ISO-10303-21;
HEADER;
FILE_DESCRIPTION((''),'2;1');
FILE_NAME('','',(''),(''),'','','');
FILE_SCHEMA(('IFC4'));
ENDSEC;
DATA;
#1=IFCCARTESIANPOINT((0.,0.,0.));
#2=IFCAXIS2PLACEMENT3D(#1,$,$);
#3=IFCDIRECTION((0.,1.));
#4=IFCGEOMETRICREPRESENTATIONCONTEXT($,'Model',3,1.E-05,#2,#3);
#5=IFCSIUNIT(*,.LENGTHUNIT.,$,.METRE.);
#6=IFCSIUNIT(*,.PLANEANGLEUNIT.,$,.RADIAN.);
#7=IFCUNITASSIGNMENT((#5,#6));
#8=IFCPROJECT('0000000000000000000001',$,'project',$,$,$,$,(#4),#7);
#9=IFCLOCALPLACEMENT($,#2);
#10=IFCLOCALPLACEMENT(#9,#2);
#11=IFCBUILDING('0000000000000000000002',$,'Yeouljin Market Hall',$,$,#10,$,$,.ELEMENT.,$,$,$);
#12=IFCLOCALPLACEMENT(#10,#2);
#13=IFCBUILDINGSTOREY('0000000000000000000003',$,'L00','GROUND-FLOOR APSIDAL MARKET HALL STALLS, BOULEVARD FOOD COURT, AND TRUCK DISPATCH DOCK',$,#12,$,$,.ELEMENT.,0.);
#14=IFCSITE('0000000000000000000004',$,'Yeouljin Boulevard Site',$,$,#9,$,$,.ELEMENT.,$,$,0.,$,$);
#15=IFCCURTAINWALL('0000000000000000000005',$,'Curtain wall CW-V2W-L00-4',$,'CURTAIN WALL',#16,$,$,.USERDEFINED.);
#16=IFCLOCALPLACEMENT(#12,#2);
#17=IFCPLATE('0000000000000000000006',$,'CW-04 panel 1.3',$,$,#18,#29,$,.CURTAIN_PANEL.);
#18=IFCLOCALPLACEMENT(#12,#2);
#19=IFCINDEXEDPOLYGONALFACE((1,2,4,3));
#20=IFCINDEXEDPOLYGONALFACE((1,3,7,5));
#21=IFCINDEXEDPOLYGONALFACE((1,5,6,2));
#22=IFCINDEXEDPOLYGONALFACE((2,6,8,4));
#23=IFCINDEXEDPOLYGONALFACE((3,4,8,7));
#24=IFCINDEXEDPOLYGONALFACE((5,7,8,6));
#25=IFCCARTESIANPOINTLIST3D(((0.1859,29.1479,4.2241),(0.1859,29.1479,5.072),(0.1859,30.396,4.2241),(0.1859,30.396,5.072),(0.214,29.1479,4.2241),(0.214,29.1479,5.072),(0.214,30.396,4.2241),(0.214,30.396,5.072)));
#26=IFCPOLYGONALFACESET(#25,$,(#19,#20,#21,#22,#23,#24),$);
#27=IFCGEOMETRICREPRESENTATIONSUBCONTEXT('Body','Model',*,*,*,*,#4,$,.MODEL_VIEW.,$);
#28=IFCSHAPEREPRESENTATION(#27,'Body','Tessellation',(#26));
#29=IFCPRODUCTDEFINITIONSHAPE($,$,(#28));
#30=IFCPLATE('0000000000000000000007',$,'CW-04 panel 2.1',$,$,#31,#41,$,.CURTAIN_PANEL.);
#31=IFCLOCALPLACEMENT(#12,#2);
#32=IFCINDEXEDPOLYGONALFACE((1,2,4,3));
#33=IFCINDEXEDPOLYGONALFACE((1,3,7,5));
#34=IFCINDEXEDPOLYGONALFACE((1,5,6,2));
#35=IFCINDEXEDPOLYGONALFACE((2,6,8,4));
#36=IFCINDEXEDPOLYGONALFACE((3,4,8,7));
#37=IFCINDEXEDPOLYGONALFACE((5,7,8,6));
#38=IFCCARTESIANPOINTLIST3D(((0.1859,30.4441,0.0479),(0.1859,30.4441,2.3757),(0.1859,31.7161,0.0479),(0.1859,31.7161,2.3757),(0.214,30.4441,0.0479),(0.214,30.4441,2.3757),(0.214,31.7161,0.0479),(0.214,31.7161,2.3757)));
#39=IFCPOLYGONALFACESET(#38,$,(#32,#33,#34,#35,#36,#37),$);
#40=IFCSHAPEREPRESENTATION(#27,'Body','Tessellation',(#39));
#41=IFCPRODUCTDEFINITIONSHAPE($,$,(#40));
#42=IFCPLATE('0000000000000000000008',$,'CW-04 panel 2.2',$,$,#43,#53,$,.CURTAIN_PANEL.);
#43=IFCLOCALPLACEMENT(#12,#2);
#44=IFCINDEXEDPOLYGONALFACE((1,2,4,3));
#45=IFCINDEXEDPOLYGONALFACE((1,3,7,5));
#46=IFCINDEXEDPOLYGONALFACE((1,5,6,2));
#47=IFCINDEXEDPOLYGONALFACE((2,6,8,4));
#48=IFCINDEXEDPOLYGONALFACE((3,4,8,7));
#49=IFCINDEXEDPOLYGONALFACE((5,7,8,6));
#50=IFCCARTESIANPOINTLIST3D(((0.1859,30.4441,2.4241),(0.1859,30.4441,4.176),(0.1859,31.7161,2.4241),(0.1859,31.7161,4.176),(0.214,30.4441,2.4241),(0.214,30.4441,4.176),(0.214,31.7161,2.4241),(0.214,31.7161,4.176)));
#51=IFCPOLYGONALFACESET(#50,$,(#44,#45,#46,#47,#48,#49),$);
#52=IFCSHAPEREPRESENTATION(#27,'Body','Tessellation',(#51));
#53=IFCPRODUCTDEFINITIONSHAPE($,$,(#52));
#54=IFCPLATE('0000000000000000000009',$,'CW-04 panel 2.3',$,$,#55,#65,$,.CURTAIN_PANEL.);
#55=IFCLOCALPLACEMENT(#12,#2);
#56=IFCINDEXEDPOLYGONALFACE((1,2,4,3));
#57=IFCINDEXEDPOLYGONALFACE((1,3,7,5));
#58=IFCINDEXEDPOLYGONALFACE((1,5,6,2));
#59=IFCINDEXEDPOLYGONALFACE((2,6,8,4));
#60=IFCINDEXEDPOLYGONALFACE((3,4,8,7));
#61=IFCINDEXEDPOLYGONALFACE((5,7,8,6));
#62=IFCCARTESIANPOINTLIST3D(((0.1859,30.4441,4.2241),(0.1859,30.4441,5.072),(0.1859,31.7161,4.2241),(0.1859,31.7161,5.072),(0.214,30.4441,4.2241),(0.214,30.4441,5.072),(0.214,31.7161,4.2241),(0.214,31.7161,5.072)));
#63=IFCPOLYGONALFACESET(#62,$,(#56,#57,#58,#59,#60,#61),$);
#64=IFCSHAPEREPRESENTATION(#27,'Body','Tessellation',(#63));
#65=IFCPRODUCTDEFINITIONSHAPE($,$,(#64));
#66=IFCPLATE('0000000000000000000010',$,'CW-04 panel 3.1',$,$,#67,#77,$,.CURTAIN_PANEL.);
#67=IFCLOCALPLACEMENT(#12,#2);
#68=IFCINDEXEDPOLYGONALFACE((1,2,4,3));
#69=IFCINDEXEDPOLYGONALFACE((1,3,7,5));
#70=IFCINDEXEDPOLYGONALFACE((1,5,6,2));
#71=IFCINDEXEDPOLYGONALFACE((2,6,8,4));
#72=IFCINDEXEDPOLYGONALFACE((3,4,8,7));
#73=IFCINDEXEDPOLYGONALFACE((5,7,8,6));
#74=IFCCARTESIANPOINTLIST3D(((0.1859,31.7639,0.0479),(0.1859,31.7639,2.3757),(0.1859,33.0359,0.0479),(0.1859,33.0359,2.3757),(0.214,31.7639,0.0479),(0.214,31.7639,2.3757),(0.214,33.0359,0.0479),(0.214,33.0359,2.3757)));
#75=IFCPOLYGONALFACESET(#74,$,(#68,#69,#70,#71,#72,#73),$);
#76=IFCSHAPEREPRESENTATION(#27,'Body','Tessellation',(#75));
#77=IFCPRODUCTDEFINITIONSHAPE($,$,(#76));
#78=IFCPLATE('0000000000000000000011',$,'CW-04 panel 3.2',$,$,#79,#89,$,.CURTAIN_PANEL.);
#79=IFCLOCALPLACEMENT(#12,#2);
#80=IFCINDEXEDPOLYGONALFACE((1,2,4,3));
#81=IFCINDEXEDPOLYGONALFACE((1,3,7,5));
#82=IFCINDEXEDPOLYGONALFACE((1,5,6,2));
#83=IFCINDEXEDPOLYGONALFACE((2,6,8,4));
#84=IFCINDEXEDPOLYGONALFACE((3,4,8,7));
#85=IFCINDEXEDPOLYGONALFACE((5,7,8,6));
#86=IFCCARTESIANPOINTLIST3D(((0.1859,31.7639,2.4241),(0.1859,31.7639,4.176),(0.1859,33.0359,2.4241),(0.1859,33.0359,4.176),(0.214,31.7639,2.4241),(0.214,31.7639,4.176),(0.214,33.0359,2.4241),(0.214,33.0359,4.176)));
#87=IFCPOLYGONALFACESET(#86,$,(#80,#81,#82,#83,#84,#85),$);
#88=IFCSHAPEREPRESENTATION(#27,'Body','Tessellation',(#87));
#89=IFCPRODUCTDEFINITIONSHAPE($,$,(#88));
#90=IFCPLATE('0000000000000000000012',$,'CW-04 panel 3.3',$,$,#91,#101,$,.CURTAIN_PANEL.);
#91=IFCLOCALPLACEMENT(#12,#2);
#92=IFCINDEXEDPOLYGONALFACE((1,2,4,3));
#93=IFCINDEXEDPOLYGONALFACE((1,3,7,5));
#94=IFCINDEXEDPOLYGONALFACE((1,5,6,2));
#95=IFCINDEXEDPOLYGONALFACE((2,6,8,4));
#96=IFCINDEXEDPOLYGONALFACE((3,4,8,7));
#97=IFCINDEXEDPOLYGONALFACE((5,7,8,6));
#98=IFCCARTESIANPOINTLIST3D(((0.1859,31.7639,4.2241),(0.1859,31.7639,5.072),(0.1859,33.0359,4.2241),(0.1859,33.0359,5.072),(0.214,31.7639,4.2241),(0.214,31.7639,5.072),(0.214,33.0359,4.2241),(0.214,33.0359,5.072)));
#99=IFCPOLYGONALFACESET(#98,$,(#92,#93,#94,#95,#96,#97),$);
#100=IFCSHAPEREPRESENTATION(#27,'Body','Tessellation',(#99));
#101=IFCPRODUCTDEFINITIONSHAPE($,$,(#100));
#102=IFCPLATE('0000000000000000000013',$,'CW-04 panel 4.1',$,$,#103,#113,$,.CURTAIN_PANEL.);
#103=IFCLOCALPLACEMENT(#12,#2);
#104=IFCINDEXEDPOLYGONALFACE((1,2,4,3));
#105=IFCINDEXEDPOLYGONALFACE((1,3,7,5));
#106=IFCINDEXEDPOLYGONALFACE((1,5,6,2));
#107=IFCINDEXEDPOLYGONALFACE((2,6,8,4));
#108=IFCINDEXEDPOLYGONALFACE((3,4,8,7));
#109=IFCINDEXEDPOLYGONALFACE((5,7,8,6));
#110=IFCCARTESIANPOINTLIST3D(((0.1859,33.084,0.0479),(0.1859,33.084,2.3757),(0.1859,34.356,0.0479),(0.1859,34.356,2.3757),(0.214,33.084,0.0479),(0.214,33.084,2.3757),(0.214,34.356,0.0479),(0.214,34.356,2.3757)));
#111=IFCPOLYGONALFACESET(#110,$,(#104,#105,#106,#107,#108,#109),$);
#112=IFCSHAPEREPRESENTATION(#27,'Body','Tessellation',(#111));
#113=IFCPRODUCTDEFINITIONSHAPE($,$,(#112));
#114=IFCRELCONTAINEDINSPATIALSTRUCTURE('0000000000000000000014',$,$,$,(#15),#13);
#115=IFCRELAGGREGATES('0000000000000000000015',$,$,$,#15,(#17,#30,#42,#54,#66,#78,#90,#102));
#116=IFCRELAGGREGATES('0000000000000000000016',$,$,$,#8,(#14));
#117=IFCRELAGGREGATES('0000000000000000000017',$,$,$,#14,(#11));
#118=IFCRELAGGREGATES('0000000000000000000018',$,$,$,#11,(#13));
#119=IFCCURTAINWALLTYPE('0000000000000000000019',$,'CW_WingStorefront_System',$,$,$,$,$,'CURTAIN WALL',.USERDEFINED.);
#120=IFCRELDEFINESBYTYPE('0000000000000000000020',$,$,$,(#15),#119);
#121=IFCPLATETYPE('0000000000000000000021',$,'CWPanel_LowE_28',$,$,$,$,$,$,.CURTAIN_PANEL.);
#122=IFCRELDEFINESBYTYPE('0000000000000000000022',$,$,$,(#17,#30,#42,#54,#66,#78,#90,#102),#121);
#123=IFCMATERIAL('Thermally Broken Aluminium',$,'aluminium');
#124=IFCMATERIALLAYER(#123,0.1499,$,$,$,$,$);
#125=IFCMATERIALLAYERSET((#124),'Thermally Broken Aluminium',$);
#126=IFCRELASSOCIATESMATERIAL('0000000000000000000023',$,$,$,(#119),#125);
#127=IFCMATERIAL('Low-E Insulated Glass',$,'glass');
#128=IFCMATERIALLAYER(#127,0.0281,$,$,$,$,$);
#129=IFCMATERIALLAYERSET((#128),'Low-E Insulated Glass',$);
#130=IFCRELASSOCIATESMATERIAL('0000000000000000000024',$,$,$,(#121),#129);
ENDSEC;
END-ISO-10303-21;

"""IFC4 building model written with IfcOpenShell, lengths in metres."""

from ifc_helpers import new_model, si_unit, direction, frame, origin, origin_2d, place, context, subcontext, project, spatial, rectangle, extrude, material, layer, layer_set, type_object, element, aggregate, save


model = new_model("IFC4")

# Units and contexts
model_context = context("Model", 3, precision=1e-05, world=origin(), true_north=direction((0.0, 1.0)))
body_context = subcontext(model_context, "Body", "Model", "MODEL_VIEW")
ifc_project = project(units=[si_unit("LENGTHUNIT", "METRE"), si_unit("PLANEANGLEUNIT", "RADIAN")], contexts=[model_context])

# Site, building, storey
site_placement = place(None, origin())
site = spatial("IfcSite", under=ifc_project, at=site_placement, Name="Yeouljin Boulevard Site", CompositionType="ELEMENT", RefElevation=0.0)
building_placement = place(site_placement, origin())
building = spatial("IfcBuilding", under=site, at=building_placement, Name="Yeouljin Market Hall", CompositionType="ELEMENT")
storey_placement = place(building_placement, origin())
storey = spatial("IfcBuildingStorey", under=building, at=storey_placement, Name="L00", Description="GROUND-FLOOR APSIDAL MARKET HALL STALLS, BOULEVARD FOOD COURT, AND TRUCK DISPATCH DOCK", CompositionType="ELEMENT", Elevation=0.0)

# Curtain wall, plates
ifc_material_1 = material(Name="Thermally Broken Aluminium", Category="aluminium")
ifc_layer_1 = layer(ifc_material_1, 0.1499)
ifc_layer_set_1 = layer_set([ifc_layer_1], Name="Thermally Broken Aluminium")
curtain_wall_type = type_object("IfcCurtainWallType", Name="CW_WingStorefront_System", ElementType="CURTAIN WALL", PredefinedType="USERDEFINED", material=ifc_layer_set_1)
curtain_wall_placement = place(storey_placement, origin())
curtain_wall = element("IfcCurtainWall", 1, at=curtain_wall_placement, inside=storey, type_object=curtain_wall_type, Name="Curtain wall CW-V2W-L00-4", ObjectType="CURTAIN WALL", PredefinedType="USERDEFINED")
ifc_material_2 = material(Name="Low-E Insulated Glass", Category="glass")
ifc_layer_2 = layer(ifc_material_2, 0.0281)
ifc_layer_set_2 = layer_set([ifc_layer_2], Name="Low-E Insulated Glass")
plate_type = type_object("IfcPlateType", Name="CWPanel_LowE_28", PredefinedType="CURTAIN_PANEL", material=ifc_layer_set_2)
plate_1_placement = place(storey_placement, frame((0.2, 29.772, 4.2241), z_axis=(0.0, 0.0, 1.0), x_axis=(0.0, 1.0, 0.0)))
plate_1 = element("IfcPlate", 2, at=plate_1_placement, type_object=plate_type, Name="CW-04 panel 1.3", PredefinedType="CURTAIN_PANEL", context=body_context, shape_type="SweptSolid", body=[
    extrude(rectangle(XDim=1.248, YDim=0.0281, at=origin_2d()), origin(), (0.0, 0.0, 1.0), 0.8479),
])
plate_2_placement = place(storey_placement, frame((0.2, 31.0801, 0.0479), z_axis=(0.0, 0.0, 1.0), x_axis=(0.0, 1.0, 0.0)))
plate_2 = element("IfcPlate", 3, at=plate_2_placement, type_object=plate_type, Name="CW-04 panel 2.1", PredefinedType="CURTAIN_PANEL", context=body_context, shape_type="SweptSolid", body=[
    extrude(rectangle(XDim=1.272, YDim=0.0281, at=origin_2d()), origin(), (0.0, 0.0, 1.0), 2.3279),
])
plate_3_placement = place(storey_placement, frame((0.2, 31.0801, 2.4241), z_axis=(0.0, 0.0, 1.0), x_axis=(0.0, 1.0, 0.0)))
plate_3 = element("IfcPlate", 4, at=plate_3_placement, type_object=plate_type, Name="CW-04 panel 2.2", PredefinedType="CURTAIN_PANEL", context=body_context, shape_type="SweptSolid", body=[
    extrude(rectangle(XDim=1.272, YDim=0.0281, at=origin_2d()), origin(), (0.0, 0.0, 1.0), 1.752),
])
plate_4_placement = place(storey_placement, frame((0.2, 31.0801, 4.2241), z_axis=(0.0, 0.0, 1.0), x_axis=(0.0, 1.0, 0.0)))
plate_4 = element("IfcPlate", 5, at=plate_4_placement, type_object=plate_type, Name="CW-04 panel 2.3", PredefinedType="CURTAIN_PANEL", context=body_context, shape_type="SweptSolid", body=[
    extrude(rectangle(XDim=1.272, YDim=0.0281, at=origin_2d()), origin(), (0.0, 0.0, 1.0), 0.8479),
])
plate_5_placement = place(storey_placement, frame((0.2, 32.3999, 0.0479), z_axis=(0.0, 0.0, 1.0), x_axis=(0.0, 1.0, 0.0)))
plate_5 = element("IfcPlate", 6, at=plate_5_placement, type_object=plate_type, Name="CW-04 panel 3.1", PredefinedType="CURTAIN_PANEL", context=body_context, shape_type="SweptSolid", body=[
    extrude(rectangle(XDim=1.272, YDim=0.0281, at=origin_2d()), origin(), (0.0, 0.0, 1.0), 2.3279),
])
plate_6_placement = place(storey_placement, frame((0.2, 32.3999, 2.4241), z_axis=(0.0, 0.0, 1.0), x_axis=(0.0, 1.0, 0.0)))
plate_6 = element("IfcPlate", 7, at=plate_6_placement, type_object=plate_type, Name="CW-04 panel 3.2", PredefinedType="CURTAIN_PANEL", context=body_context, shape_type="SweptSolid", body=[
    extrude(rectangle(XDim=1.272, YDim=0.0281, at=origin_2d()), origin(), (0.0, 0.0, 1.0), 1.752),
])
plate_7_placement = place(storey_placement, frame((0.2, 32.3999, 4.2241), z_axis=(0.0, 0.0, 1.0), x_axis=(0.0, 1.0, 0.0)))
plate_7 = element("IfcPlate", 8, at=plate_7_placement, type_object=plate_type, Name="CW-04 panel 3.3", PredefinedType="CURTAIN_PANEL", context=body_context, shape_type="SweptSolid", body=[
    extrude(rectangle(XDim=1.272, YDim=0.0281, at=origin_2d()), origin(), (0.0, 0.0, 1.0), 0.8479),
])
plate_8_placement = place(storey_placement, frame((0.2, 33.72, 0.0479), z_axis=(0.0, 0.0, 1.0), x_axis=(0.0, 1.0, 0.0)))
plate_8 = element("IfcPlate", 9, at=plate_8_placement, type_object=plate_type, Name="CW-04 panel 4.1", PredefinedType="CURTAIN_PANEL", context=body_context, shape_type="SweptSolid", body=[
    extrude(rectangle(XDim=1.272, YDim=0.0281, at=origin_2d()), origin(), (0.0, 0.0, 1.0), 2.3279),
])
aggregate(curtain_wall, [plate_1, plate_2, plate_3, plate_4, plate_5, plate_6, plate_7, plate_8])

save(model, "model.ifc")
